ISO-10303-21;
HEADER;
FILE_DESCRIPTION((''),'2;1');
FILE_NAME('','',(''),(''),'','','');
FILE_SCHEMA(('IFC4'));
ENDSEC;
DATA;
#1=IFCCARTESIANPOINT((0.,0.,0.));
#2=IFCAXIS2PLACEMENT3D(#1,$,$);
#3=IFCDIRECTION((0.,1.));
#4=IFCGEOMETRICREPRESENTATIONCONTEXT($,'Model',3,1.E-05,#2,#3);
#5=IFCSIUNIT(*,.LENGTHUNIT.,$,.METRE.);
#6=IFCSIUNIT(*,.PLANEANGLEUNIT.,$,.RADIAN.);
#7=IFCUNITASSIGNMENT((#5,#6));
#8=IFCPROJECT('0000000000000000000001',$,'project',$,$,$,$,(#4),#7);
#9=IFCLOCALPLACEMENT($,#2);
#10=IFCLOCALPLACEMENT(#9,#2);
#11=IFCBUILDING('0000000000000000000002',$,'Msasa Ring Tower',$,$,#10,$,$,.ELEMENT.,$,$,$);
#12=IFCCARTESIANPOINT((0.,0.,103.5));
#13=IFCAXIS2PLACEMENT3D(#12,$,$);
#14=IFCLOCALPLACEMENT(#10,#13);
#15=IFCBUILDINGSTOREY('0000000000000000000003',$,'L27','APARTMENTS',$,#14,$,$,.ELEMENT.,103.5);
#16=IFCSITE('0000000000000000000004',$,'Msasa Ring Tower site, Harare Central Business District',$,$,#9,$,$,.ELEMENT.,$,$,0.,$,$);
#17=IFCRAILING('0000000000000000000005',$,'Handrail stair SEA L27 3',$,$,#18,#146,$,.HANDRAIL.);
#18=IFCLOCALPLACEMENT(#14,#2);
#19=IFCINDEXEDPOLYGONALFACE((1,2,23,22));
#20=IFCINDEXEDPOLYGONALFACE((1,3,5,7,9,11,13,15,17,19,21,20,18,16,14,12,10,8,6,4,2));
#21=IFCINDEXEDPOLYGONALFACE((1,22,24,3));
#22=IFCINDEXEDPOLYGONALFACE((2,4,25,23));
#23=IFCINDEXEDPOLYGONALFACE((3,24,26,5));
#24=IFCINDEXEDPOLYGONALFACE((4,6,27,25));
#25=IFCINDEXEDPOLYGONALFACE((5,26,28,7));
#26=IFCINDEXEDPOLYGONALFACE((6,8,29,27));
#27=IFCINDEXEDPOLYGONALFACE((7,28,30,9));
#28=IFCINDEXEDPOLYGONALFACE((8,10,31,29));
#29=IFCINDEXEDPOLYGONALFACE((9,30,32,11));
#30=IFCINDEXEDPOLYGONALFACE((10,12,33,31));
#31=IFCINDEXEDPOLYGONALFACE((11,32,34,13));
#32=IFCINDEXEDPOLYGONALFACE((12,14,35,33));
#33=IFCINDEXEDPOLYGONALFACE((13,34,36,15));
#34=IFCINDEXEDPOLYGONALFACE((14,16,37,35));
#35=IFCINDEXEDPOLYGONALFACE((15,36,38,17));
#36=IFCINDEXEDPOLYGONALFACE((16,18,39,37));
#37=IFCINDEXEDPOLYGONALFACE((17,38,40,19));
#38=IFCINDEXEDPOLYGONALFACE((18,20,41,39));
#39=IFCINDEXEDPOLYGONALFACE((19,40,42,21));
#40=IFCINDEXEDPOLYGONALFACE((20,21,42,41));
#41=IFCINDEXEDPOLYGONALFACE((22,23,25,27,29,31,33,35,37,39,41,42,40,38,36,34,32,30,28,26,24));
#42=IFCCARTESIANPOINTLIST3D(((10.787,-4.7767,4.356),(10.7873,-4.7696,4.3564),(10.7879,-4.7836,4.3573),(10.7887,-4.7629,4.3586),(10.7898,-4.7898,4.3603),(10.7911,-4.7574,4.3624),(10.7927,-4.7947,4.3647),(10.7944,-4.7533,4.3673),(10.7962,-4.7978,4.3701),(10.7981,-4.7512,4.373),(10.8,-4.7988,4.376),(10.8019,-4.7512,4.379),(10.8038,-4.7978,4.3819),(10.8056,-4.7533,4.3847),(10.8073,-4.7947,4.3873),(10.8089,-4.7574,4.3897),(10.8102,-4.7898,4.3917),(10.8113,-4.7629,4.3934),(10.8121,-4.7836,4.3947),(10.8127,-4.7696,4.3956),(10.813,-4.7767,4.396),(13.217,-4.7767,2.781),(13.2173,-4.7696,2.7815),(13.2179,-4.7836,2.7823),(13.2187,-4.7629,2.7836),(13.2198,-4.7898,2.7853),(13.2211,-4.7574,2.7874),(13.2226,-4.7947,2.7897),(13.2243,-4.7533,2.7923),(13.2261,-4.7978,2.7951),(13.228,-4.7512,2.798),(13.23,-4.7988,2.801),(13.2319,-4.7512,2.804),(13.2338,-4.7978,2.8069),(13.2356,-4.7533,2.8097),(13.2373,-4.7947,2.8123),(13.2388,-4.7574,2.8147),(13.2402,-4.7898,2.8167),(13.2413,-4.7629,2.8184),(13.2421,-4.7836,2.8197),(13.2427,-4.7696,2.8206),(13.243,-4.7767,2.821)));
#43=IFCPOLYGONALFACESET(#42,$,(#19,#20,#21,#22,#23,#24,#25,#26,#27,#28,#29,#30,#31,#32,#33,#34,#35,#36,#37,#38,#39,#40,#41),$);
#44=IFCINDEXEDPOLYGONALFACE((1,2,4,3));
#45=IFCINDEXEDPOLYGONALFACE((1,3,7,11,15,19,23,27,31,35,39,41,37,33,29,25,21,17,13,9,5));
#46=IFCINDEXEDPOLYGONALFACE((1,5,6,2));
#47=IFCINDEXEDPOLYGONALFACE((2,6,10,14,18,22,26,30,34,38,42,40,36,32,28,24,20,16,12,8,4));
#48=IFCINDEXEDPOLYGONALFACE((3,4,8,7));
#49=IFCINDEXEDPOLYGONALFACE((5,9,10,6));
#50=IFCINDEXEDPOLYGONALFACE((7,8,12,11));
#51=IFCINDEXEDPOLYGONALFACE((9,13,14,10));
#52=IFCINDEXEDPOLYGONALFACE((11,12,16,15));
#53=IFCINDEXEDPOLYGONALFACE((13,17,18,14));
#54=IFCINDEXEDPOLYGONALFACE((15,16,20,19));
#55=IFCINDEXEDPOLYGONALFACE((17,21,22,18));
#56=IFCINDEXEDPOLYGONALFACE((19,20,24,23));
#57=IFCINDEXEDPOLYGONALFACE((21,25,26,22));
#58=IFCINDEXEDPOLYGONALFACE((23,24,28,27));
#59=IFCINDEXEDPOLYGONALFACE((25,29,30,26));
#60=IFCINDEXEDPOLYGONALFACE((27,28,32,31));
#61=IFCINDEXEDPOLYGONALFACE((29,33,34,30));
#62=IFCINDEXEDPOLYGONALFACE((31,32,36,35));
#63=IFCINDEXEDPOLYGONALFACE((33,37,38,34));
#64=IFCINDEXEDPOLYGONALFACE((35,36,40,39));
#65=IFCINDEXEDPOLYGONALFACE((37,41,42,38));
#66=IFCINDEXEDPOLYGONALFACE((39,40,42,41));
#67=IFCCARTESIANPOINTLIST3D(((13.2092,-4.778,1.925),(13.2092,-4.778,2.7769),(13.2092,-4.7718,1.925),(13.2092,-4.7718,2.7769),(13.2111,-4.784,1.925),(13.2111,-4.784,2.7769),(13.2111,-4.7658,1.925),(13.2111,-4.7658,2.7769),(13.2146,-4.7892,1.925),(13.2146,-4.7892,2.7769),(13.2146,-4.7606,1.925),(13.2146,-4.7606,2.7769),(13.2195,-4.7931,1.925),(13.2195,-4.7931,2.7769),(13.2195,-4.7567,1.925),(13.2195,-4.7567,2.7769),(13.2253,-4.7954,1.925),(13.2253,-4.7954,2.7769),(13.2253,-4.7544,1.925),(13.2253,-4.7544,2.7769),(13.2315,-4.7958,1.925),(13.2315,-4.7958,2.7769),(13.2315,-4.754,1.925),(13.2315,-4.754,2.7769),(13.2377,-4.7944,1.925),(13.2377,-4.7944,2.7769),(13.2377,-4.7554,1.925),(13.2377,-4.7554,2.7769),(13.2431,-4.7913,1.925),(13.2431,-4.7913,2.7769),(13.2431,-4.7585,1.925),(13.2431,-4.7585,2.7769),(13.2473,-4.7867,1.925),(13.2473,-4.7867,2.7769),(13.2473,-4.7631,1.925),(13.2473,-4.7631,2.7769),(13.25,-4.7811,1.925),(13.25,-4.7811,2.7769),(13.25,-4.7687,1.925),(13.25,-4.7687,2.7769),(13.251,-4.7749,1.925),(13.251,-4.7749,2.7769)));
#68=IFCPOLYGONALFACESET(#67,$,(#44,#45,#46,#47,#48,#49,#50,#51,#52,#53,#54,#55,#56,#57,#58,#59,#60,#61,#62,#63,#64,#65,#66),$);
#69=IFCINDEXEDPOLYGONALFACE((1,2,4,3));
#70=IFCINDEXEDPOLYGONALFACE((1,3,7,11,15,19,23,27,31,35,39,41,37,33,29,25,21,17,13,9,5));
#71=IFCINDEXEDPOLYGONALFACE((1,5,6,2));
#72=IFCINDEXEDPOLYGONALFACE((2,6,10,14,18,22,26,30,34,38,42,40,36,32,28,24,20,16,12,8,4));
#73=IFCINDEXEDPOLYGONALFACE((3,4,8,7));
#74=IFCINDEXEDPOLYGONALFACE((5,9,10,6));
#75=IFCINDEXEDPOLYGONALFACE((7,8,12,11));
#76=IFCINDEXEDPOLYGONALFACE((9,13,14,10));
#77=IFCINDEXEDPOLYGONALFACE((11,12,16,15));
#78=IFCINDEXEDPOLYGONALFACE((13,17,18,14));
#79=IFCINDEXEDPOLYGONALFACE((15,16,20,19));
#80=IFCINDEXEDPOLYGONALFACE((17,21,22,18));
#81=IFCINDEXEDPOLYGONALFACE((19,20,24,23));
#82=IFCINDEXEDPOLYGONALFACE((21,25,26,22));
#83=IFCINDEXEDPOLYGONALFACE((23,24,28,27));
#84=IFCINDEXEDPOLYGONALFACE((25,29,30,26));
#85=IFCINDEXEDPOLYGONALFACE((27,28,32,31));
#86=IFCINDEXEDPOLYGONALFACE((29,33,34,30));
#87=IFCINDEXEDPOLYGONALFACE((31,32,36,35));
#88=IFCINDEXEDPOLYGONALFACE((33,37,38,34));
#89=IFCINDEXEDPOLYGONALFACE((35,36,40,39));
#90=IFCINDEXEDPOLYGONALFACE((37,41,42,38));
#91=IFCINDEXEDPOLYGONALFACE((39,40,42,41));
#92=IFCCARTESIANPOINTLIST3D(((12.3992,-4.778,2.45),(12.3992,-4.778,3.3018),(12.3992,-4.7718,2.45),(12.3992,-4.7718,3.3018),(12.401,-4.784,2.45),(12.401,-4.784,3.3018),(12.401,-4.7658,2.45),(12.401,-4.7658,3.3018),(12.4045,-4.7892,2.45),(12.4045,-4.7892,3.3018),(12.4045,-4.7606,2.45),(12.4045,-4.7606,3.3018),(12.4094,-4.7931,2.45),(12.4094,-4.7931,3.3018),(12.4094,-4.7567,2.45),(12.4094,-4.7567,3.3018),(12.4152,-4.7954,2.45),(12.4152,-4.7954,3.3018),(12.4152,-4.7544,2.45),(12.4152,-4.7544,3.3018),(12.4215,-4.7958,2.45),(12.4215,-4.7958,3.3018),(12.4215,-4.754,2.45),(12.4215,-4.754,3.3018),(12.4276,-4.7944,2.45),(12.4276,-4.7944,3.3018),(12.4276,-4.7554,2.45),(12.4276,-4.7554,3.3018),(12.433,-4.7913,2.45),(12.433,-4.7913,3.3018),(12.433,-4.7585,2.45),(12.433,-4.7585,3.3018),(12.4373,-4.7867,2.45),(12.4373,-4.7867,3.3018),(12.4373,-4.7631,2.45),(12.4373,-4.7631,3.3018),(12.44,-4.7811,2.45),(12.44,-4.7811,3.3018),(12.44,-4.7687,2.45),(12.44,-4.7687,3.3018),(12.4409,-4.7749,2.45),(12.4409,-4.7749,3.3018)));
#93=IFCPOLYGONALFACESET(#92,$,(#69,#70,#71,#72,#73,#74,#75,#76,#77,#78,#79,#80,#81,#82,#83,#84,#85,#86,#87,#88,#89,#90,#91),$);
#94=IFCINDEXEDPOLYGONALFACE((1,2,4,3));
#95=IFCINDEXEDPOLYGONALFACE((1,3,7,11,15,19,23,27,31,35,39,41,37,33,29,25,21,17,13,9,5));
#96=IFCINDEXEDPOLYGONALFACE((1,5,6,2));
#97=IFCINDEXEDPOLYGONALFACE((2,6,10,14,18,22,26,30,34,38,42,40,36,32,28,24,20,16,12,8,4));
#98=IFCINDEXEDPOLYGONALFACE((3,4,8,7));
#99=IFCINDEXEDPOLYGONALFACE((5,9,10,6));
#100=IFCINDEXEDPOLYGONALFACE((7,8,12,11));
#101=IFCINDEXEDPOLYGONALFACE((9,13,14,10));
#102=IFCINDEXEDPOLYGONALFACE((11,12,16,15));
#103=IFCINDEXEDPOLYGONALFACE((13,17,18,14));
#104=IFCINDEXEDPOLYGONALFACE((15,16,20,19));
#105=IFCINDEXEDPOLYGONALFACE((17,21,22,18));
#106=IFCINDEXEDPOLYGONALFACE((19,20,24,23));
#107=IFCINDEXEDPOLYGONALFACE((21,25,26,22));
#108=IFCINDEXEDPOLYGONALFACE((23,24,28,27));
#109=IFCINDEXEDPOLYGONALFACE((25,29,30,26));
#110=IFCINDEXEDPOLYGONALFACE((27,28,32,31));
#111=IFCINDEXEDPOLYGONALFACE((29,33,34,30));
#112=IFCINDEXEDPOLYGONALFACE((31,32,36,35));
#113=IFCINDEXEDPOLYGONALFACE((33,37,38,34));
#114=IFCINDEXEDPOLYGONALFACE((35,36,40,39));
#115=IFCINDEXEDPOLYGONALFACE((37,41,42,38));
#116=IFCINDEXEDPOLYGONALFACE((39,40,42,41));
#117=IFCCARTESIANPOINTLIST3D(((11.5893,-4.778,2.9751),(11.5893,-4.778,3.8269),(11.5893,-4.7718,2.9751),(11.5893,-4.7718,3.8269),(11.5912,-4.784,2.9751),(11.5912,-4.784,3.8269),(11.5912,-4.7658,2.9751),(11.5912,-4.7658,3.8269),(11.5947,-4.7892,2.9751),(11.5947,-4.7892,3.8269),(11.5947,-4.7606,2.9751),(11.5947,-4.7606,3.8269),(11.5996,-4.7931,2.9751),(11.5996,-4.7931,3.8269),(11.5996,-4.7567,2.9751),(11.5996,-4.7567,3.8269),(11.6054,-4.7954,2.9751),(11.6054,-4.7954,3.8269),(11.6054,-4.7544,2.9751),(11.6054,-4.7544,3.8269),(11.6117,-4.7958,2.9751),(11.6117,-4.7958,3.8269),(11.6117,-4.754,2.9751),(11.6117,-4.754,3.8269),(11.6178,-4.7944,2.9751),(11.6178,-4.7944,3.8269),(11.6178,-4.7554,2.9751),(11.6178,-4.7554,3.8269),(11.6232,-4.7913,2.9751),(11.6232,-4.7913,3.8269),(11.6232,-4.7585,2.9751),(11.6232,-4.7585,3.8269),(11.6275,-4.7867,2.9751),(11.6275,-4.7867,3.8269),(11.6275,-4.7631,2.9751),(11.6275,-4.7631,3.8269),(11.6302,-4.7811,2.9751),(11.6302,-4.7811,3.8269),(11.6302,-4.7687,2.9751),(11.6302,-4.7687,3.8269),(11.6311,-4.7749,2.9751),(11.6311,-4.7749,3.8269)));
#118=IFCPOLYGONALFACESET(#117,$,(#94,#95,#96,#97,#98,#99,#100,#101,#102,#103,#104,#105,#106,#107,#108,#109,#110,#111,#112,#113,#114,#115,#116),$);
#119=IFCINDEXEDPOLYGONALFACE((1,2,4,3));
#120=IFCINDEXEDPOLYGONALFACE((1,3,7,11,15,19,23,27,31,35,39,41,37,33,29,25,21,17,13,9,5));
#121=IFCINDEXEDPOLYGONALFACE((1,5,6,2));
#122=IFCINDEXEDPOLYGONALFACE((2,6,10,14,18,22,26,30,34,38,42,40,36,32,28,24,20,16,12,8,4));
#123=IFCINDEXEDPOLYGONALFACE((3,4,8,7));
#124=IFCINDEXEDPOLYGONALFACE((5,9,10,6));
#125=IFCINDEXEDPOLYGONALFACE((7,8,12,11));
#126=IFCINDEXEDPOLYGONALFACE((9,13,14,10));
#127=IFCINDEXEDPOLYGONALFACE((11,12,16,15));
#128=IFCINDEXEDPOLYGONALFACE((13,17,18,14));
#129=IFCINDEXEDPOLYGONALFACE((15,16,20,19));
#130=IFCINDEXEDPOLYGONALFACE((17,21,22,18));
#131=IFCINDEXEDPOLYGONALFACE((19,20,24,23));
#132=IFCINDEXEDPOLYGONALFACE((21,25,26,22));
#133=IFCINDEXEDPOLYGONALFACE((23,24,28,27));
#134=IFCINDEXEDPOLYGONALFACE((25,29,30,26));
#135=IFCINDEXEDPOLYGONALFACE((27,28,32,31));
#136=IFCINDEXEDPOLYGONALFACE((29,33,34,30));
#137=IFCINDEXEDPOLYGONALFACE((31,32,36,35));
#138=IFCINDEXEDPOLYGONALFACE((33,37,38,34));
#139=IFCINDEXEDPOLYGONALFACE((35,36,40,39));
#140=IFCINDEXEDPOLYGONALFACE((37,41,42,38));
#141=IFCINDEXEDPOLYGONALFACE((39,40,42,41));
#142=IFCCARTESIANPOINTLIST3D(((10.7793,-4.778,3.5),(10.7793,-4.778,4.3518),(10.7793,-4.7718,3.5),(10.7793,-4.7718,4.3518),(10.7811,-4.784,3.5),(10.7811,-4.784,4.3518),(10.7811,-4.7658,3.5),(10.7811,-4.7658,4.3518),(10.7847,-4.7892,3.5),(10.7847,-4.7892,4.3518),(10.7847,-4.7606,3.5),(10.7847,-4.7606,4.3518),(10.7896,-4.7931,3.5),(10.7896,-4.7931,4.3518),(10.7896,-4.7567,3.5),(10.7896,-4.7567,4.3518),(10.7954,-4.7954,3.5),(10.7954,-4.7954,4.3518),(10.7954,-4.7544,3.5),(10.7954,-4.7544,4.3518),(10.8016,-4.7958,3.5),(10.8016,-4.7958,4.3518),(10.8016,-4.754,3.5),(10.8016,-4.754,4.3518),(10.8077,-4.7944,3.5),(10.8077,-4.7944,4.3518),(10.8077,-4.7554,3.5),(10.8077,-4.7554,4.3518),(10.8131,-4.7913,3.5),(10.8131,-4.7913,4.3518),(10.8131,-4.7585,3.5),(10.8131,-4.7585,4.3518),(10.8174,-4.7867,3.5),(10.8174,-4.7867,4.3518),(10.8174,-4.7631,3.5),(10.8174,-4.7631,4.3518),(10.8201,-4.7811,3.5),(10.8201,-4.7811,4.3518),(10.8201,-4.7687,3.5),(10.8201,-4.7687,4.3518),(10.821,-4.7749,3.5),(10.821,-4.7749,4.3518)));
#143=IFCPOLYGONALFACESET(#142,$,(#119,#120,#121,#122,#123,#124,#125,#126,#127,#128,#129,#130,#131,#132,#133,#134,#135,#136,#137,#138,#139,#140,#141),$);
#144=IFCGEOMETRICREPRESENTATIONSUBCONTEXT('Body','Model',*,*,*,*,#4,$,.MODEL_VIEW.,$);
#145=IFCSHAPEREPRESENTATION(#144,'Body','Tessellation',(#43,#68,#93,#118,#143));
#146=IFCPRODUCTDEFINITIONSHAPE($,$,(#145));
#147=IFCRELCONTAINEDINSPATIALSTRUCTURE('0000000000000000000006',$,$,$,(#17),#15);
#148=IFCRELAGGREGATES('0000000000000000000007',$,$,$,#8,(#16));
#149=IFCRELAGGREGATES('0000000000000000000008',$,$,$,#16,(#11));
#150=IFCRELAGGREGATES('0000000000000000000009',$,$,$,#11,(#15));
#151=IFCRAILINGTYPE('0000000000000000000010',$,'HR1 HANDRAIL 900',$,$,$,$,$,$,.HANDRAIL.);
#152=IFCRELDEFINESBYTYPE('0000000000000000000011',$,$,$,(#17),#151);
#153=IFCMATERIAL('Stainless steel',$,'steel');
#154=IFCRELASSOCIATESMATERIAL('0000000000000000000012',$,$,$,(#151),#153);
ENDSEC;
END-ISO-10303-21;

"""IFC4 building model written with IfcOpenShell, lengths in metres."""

from ifc_helpers import new_model, si_unit, direction, frame, origin, origin_2d, place, context, subcontext, project, spatial, circle, extrude, material, type_object, element, save


model = new_model("IFC4")

# Units and contexts
model_context = context("Model", 3, precision=1e-05, world=origin(), true_north=direction((0.0, 1.0)))
body_context = subcontext(model_context, "Body", "Model", "MODEL_VIEW")
ifc_project = project(units=[si_unit("LENGTHUNIT", "METRE"), si_unit("PLANEANGLEUNIT", "RADIAN")], contexts=[model_context])

# Site, building, storey
site_placement = place(None, origin())
site = spatial("IfcSite", under=ifc_project, at=site_placement, Name="Msasa Ring Tower site, Harare Central Business District", CompositionType="ELEMENT", RefElevation=0.0)
building_placement = place(site_placement, origin())
building = spatial("IfcBuilding", under=site, at=building_placement, Name="Msasa Ring Tower", CompositionType="ELEMENT")
storey_placement = place(building_placement, frame((0.0, 0.0, 103.5)))
storey = spatial("IfcBuildingStorey", under=building, at=storey_placement, Name="L27", Description="APARTMENTS", CompositionType="ELEMENT", Elevation=103.5)

# Railing
ifc_material_1 = material(Name="Stainless steel", Category="steel")
railing_type = type_object("IfcRailingType", Name="HR1 HANDRAIL 900", PredefinedType="HANDRAIL", material=ifc_material_1)
railing_placement = place(storey_placement, frame((13.23, -4.7749, 1.925)))
element("IfcRailing", 1, at=railing_placement, inside=storey, type_object=railing_type, Name="Handrail stair SEA L27 3", PredefinedType="HANDRAIL", context=body_context, shape_type="SweptSolid", body=[
    extrude(circle(Radius=0.0239, at=origin_2d()), frame((0.0, 0.0, 0.876), z_axis=(-0.839154, 0.0, 0.543894), x_axis=(0.0, -1.0, 0.0)), (0.0, 0.0, 1.0), 2.8958),
    extrude(circle(Radius=0.021, at=origin_2d()), origin(), (0.0, 0.0, 1.0), 0.8518),
    extrude(circle(Radius=0.021, at=origin_2d()), frame((-0.8101, 0.0, 0.5249)), (0.0, 0.0, 1.0), 0.8518),
    extrude(circle(Radius=0.021, at=origin_2d()), frame((-1.6199, 0.0, 1.05)), (0.0, 0.0, 1.0), 0.8518),
    extrude(circle(Radius=0.021, at=origin_2d()), frame((-2.4299, 0.0, 1.575)), (0.0, 0.0, 1.0), 0.8518),
])

save(model, "model.ifc")
